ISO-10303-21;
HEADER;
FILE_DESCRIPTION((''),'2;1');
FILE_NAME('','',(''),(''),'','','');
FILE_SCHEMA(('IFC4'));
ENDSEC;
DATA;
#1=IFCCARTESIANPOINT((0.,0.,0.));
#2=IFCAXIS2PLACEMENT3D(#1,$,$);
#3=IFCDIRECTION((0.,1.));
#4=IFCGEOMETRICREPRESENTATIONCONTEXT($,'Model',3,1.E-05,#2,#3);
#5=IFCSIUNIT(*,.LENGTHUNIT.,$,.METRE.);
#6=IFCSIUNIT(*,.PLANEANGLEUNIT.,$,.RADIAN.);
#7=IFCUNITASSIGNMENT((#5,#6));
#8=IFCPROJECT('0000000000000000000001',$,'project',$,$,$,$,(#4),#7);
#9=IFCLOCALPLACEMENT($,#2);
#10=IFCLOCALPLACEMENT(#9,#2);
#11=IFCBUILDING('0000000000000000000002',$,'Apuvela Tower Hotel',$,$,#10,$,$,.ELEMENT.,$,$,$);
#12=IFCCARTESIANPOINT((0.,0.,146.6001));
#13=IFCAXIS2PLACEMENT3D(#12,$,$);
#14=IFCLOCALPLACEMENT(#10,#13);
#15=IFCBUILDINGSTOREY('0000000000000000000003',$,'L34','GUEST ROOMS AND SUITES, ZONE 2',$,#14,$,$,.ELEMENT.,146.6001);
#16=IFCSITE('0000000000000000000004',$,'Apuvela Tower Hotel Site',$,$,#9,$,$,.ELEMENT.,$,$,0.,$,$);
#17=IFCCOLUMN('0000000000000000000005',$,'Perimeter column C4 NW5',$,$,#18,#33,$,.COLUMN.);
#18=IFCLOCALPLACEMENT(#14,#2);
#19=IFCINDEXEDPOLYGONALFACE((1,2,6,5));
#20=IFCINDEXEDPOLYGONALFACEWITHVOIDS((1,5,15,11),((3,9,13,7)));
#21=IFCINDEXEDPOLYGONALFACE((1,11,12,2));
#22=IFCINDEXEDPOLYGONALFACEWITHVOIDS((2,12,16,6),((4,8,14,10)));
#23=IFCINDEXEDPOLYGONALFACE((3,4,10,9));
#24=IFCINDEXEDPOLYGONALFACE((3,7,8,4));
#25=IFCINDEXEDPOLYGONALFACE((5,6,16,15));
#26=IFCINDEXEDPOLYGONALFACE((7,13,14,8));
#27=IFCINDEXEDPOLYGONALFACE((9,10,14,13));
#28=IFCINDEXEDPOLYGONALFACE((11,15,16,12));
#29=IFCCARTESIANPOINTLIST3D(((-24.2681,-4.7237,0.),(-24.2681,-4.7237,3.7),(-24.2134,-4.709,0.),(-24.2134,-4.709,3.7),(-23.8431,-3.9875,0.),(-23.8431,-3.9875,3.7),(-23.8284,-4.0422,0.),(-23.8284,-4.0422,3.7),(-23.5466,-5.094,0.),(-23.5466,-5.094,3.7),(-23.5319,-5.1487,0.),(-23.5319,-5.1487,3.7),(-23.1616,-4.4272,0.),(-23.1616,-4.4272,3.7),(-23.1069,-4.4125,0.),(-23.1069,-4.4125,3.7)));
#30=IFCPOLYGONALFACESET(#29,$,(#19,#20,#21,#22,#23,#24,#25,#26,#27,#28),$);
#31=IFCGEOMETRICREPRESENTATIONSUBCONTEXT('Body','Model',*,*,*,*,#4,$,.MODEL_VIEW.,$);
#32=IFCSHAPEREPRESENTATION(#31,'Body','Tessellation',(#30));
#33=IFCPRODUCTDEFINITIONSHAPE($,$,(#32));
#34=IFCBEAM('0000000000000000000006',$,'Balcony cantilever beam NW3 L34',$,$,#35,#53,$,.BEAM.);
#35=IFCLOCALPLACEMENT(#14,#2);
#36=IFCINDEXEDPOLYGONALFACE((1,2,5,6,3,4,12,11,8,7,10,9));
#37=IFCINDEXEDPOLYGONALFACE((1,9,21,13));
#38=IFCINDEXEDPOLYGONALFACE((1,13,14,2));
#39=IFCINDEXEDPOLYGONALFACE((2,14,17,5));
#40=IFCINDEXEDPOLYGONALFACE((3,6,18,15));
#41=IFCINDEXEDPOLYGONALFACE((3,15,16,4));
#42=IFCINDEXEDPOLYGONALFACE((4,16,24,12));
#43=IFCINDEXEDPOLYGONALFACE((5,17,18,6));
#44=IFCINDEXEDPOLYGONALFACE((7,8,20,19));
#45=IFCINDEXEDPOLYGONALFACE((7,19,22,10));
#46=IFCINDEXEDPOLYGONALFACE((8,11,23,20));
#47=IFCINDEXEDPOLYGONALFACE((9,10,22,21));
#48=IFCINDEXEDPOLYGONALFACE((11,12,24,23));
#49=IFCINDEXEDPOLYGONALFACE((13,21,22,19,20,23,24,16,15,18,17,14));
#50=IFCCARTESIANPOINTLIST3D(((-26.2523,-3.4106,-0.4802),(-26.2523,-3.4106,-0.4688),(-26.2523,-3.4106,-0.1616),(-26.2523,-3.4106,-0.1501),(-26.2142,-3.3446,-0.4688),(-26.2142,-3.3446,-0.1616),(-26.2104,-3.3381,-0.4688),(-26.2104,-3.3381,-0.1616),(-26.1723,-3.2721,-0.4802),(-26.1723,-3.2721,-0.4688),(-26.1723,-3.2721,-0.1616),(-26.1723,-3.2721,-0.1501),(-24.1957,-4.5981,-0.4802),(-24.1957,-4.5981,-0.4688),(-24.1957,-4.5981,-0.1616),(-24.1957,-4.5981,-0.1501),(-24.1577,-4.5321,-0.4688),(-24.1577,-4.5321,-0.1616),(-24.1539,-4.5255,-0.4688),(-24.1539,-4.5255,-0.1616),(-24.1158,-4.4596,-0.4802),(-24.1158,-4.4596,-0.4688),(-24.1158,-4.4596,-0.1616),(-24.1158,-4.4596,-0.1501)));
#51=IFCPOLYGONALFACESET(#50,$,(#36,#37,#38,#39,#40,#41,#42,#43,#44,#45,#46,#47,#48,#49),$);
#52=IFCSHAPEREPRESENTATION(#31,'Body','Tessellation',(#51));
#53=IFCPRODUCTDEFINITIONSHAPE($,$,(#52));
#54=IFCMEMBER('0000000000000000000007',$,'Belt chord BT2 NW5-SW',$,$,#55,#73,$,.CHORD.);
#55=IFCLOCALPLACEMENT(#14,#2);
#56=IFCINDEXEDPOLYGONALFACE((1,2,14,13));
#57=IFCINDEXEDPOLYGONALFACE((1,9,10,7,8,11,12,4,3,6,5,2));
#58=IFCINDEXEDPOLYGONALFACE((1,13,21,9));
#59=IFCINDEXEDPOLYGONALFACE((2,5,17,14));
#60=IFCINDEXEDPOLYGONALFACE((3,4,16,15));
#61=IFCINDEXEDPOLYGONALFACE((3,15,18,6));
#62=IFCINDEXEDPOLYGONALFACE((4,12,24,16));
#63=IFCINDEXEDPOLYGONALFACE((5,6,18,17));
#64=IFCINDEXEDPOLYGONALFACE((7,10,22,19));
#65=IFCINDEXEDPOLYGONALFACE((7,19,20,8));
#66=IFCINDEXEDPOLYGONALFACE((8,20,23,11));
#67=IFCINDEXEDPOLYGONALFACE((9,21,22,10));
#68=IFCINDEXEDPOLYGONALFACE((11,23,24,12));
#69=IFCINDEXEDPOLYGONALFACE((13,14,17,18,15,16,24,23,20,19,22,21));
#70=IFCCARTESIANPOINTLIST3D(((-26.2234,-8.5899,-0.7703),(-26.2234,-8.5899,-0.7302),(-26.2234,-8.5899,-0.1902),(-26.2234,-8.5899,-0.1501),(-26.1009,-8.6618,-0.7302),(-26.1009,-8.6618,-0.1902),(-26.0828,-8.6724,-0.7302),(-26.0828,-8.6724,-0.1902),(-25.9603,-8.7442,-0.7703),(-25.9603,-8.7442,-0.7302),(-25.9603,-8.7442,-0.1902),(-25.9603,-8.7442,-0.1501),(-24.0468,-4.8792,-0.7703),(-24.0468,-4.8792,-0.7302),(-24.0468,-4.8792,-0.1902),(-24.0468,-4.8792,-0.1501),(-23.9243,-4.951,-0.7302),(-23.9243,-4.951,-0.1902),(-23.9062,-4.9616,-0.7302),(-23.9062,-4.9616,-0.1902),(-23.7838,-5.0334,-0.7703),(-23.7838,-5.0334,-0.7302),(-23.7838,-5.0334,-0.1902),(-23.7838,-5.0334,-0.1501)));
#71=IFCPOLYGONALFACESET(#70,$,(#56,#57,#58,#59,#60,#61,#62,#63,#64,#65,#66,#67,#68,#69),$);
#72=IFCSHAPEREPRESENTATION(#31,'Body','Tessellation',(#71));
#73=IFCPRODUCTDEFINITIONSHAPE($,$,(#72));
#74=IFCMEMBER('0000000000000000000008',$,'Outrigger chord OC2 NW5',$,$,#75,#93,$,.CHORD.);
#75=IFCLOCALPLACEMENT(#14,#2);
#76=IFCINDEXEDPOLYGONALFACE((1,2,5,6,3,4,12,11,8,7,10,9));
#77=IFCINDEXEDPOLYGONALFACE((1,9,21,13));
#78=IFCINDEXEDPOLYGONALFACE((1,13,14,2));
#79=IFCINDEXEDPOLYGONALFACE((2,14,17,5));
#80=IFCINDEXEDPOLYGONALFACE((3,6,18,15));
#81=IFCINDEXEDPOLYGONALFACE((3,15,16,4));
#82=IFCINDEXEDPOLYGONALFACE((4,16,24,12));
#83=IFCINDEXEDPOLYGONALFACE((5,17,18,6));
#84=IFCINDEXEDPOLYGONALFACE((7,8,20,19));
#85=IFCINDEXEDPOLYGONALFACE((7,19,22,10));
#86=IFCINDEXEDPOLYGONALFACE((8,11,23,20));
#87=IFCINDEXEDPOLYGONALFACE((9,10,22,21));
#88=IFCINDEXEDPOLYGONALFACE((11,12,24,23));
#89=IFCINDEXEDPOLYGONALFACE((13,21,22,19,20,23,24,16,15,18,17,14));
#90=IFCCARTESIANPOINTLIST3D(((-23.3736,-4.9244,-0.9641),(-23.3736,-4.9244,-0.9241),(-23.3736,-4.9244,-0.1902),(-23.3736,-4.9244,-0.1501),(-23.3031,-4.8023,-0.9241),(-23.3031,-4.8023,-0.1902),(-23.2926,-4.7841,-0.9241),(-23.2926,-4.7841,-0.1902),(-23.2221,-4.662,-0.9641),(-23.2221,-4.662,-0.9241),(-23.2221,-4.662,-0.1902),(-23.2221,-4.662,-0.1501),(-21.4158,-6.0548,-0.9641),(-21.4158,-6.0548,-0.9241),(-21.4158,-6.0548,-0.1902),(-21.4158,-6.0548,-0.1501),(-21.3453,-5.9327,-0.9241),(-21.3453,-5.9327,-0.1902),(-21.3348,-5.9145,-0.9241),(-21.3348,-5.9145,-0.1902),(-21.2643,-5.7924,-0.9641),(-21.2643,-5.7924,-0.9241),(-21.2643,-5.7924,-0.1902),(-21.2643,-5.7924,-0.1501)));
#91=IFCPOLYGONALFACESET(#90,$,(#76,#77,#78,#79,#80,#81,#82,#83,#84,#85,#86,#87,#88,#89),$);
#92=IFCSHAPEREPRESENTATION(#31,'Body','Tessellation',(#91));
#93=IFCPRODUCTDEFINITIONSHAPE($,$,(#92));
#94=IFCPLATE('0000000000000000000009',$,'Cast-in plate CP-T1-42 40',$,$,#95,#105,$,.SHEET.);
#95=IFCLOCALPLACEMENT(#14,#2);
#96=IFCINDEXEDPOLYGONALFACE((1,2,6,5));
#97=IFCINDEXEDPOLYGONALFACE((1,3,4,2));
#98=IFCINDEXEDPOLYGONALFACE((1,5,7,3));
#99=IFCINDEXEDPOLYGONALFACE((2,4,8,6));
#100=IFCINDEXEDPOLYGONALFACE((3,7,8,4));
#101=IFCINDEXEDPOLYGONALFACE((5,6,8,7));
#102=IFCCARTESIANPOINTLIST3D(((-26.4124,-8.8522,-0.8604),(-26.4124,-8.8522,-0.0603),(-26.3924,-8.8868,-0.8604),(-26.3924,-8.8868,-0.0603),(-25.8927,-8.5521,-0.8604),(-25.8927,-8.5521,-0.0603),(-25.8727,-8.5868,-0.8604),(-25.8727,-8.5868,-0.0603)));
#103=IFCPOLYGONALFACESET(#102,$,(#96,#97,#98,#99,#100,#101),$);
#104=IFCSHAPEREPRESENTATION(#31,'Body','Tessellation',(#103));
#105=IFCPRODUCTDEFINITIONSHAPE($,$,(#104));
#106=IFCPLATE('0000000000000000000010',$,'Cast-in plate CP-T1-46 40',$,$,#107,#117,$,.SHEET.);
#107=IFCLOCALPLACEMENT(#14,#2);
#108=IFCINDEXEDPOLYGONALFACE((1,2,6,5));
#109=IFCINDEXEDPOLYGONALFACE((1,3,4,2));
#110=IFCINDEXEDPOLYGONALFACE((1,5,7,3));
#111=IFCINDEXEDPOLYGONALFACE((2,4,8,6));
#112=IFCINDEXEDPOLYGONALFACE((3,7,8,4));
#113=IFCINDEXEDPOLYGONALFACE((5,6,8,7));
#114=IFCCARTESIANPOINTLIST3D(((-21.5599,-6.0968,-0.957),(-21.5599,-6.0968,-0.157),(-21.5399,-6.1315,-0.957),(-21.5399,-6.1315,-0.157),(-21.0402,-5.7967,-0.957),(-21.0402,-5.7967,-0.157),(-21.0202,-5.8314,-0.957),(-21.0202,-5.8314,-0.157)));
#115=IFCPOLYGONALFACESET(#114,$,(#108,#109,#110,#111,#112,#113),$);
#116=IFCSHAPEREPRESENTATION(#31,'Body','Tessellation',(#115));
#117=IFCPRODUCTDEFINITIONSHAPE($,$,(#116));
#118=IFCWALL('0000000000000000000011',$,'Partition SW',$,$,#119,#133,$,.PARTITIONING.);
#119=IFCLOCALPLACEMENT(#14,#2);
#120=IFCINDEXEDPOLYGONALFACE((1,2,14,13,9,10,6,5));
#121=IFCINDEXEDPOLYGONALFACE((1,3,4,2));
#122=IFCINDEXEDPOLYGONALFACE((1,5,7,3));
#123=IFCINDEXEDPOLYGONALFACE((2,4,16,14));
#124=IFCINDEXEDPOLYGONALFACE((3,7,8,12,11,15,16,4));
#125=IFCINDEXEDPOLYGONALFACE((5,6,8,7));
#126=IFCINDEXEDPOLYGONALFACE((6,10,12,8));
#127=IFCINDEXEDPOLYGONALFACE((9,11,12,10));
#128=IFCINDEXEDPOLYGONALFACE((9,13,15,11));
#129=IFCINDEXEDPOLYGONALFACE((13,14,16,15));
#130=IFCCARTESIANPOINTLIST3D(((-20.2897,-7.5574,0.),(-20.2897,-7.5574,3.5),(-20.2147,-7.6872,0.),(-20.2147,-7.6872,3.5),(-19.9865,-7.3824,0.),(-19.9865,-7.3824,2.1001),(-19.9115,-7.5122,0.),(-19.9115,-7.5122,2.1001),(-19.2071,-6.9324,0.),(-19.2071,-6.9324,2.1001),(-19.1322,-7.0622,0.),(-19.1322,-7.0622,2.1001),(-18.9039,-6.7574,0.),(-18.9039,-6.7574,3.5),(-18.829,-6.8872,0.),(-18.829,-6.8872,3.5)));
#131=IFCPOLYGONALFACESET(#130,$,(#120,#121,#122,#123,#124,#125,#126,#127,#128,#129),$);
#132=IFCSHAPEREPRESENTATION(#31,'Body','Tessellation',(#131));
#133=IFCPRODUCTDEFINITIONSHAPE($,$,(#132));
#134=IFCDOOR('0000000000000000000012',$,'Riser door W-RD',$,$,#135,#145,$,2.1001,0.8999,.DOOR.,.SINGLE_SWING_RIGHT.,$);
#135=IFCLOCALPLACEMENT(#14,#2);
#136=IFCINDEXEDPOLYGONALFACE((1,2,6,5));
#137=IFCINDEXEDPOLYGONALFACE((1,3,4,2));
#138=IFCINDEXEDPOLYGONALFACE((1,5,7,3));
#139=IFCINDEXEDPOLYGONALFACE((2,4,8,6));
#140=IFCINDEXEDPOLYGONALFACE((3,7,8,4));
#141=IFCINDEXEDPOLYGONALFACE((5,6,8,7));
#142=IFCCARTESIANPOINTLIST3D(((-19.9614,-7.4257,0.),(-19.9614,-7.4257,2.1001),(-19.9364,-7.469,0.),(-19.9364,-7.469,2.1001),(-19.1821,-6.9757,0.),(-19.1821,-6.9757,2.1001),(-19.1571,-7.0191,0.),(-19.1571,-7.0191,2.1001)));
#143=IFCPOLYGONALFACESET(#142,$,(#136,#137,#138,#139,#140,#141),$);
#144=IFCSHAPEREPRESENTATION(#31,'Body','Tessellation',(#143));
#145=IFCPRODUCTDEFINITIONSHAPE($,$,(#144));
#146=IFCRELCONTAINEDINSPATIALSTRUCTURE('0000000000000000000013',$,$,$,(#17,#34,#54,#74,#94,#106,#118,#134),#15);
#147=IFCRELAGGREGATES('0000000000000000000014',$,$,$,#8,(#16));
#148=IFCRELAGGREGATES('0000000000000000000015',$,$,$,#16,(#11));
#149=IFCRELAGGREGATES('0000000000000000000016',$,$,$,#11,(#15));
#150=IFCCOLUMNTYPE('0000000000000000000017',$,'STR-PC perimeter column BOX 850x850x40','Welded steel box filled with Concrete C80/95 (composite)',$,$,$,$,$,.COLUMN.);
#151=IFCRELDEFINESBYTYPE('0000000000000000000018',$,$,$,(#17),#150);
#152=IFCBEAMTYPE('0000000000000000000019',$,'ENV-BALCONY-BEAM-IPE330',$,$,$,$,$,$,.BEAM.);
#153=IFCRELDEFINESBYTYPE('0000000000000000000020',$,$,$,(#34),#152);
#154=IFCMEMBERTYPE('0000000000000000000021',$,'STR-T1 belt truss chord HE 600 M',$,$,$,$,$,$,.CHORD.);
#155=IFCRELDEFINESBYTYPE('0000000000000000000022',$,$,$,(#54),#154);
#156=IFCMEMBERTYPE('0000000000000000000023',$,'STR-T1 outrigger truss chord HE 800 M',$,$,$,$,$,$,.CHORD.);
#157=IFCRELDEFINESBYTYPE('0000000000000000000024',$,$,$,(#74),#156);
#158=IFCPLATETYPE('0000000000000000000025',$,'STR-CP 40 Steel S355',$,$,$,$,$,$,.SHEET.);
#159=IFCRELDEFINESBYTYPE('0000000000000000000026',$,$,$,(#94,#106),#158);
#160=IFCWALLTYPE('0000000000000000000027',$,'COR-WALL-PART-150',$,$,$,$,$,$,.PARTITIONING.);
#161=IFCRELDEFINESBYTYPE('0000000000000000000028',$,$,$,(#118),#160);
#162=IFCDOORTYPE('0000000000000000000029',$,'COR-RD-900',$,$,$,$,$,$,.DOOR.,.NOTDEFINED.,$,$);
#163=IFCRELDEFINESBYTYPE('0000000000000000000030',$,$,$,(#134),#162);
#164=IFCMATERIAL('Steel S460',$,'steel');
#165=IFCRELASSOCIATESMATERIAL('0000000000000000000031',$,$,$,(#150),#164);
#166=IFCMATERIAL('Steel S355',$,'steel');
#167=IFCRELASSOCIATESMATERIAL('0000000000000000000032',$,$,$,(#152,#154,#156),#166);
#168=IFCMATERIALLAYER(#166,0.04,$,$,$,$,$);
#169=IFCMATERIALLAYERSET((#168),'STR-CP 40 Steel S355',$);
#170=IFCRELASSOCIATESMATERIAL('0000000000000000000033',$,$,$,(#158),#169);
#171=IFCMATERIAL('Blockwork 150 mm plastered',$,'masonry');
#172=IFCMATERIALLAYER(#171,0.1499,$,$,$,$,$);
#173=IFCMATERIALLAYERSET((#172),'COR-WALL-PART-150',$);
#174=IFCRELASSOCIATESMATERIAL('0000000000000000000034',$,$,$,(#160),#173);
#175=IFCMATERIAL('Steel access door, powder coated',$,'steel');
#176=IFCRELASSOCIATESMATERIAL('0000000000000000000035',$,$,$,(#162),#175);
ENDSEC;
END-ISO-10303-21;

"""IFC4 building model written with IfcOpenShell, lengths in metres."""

from ifc_helpers import new_model, si_unit, direction, frame, frame_2d, origin, origin_2d, place, context, subcontext, project, spatial, rectangle, hollow_rectangle, i_section, extrude, material, layer, layer_set, material_profile, profile_set, type_object, element, fill, save


model = new_model("IFC4")

# Units and contexts
model_context = context("Model", 3, precision=1e-05, world=origin(), true_north=direction((0.0, 1.0)))
body_context = subcontext(model_context, "Body", "Model", "MODEL_VIEW")
ifc_project = project(units=[si_unit("LENGTHUNIT", "METRE"), si_unit("PLANEANGLEUNIT", "RADIAN")], contexts=[model_context])

# Site, building, storey
site_placement = place(None, origin())
site = spatial("IfcSite", under=ifc_project, at=site_placement, Name="Apuvela Tower Hotel Site", CompositionType="ELEMENT", RefElevation=0.0)
building_placement = place(site_placement, origin())
building = spatial("IfcBuilding", under=site, at=building_placement, Name="Apuvela Tower Hotel", CompositionType="ELEMENT")
storey_placement = place(building_placement, frame((0.0, 0.0, 146.6001)))
storey = spatial("IfcBuildingStorey", under=building, at=storey_placement, Name="L34", Description="GUEST ROOMS AND SUITES, ZONE 2", CompositionType="ELEMENT", Elevation=146.6001)

# Column
ifc_material_1 = material(Name="Steel S460", Category="steel")
ifc_material_profile_1 = material_profile(ifc_material_1, hollow_rectangle(XDim=0.8501, YDim=0.8501, WallThickness=0.04, at=origin_2d()), Name="BOX 850x850x40")
ifc_material_2 = material(Name="Concrete C80/95", Category="concrete")
ifc_material_profile_2 = material_profile(ifc_material_2, rectangle(XDim=0.77, YDim=0.77, at=origin_2d()), Name="Concrete C80/95 infill")
ifc_profile_set_1 = profile_set([ifc_material_profile_1, ifc_material_profile_2], Name="Steel S460")
column_type = type_object("IfcColumnType", Name="STR-PC perimeter column BOX 850x850x40", Description="Welded steel box filled with Concrete C80/95 (composite)", PredefinedType="COLUMN", material=ifc_profile_set_1)
column_placement = place(storey_placement, frame((-23.6875, -4.5681, 0.0), z_axis=(0.0, 0.0, 1.0), x_axis=(0.5, 0.866025, 0.0)))
element("IfcColumn", 1, at=column_placement, inside=storey, type_object=column_type, Name="Perimeter column C4 NW5", PredefinedType="COLUMN", context=body_context, shape_type="SweptSolid", body=[
    extrude(hollow_rectangle(XDim=0.8501, YDim=0.8501, WallThickness=0.04, at=origin_2d()), origin(), (0.0, 0.0, 1.0), 3.7),
])

# Beam
ifc_material_3 = material(Name="Steel S355", Category="steel")
ifc_material_profile_3 = material_profile(ifc_material_3, i_section(OverallWidth=0.1599, OverallDepth=0.3301, WebThickness=0.0076, FlangeThickness=0.0115, at=origin_2d()), Name="IPE 330")
ifc_profile_set_2 = profile_set([ifc_material_profile_3], Name="Steel S355")
beam_type = type_object("IfcBeamType", Name="ENV-BALCONY-BEAM-IPE330", PredefinedType="BEAM", material=ifc_profile_set_2)
beam_placement = place(storey_placement, frame((-24.1558, -4.5288, -0.3152), z_axis=(-0.866008, 0.500031, 0.0), x_axis=(-0.500031, -0.866008, 0.0)))
element("IfcBeam", 2, at=beam_placement, inside=storey, type_object=beam_type, Name="Balcony cantilever beam NW3 L34", PredefinedType="BEAM", context=body_context, shape_type="SweptSolid", body=[
    extrude(i_section(OverallWidth=0.1599, OverallDepth=0.3301, WebThickness=0.0076, FlangeThickness=0.0115, at=origin_2d()), origin(), (0.0, 0.0, 1.0), 2.3748),
])

# Members
ifc_material_profile_4 = material_profile(ifc_material_3, i_section(OverallWidth=0.3049, OverallDepth=0.6201, WebThickness=0.021, FlangeThickness=0.04, at=origin_2d()), Name="HE 600 M")
ifc_profile_set_3 = profile_set([ifc_material_profile_4], Name="Steel S355")
member_type_1 = type_object("IfcMemberType", Name="STR-T1 belt truss chord HE 600 M", PredefinedType="CHORD", material=ifc_profile_set_3)
member_1_placement = place(storey_placement, frame((-23.9153, -4.9563, -0.4602), z_axis=(-0.505941, -0.862568, 0.0), x_axis=(0.862568, -0.505941, 0.0)))
element("IfcMember", 3, at=member_1_placement, inside=storey, type_object=member_type_1, Name="Belt chord BT2 NW5-SW", PredefinedType="CHORD", context=body_context, shape_type="SweptSolid", body=[
    extrude(i_section(OverallWidth=0.3049, OverallDepth=0.6201, WebThickness=0.021, FlangeThickness=0.04, at=origin_2d()), origin(), (0.0, 0.0, 1.0), 4.302),
])
ifc_material_profile_5 = material_profile(ifc_material_3, i_section(OverallWidth=0.303, OverallDepth=0.814, WebThickness=0.021, FlangeThickness=0.04, at=origin_2d()), Name="HE 800 M")
ifc_profile_set_4 = profile_set([ifc_material_profile_5], Name="Steel S355")
member_type_2 = type_object("IfcMemberType", Name="STR-T1 outrigger truss chord HE 800 M", PredefinedType="CHORD", material=ifc_profile_set_4)
member_2_placement = place(storey_placement, frame((-23.2979, -4.7932, -0.5571), z_axis=(0.866015, -0.500018, 0.0), x_axis=(0.500018, 0.866015, 0.0)))
element("IfcMember", 4, at=member_2_placement, inside=storey, type_object=member_type_2, Name="Outrigger chord OC2 NW5", PredefinedType="CHORD", context=body_context, shape_type="SweptSolid", body=[
    extrude(i_section(OverallWidth=0.303, OverallDepth=0.814, WebThickness=0.021, FlangeThickness=0.04, at=origin_2d()), origin(), (0.0, 0.0, 1.0), 2.2607),
])

# Plates
ifc_layer_1 = layer(ifc_material_3, 0.04)
ifc_layer_set_1 = layer_set([ifc_layer_1], Name="STR-CP 40 Steel S355")
plate_type = type_object("IfcPlateType", Name="STR-CP 40 Steel S355", PredefinedType="SHEET", material=ifc_layer_set_1)
for number, where, z_axis, x_axis, name in (
    (5, (-26.1426, -8.7195, -0.8604), (0.0, 0.0, 1.0), (-0.5, 0.866025, 0.0), "Cast-in plate CP-T1-42 40"),
    (6, (-21.29, -5.9641, -0.957), (0.0, 0.0, 1.0), (0.5, -0.866025, 0.0), "Cast-in plate CP-T1-46 40"),
):
    element("IfcPlate", number, at=place(storey_placement, frame(where, z_axis=z_axis, x_axis=x_axis)), inside=storey, type_object=plate_type, Name=name, PredefinedType="SHEET", context=body_context, shape_type="SweptSolid", body=[
        extrude(rectangle(XDim=0.04, YDim=0.6001, at=origin_2d()), origin(), (0.0, 0.0, 1.0), 0.8),
    ])

# Wall, opening, door
ifc_material_4 = material(Name="Blockwork 150 mm plastered", Category="masonry")
ifc_layer_2 = layer(ifc_material_4, 0.1499)
ifc_layer_set_2 = layer_set([ifc_layer_2], Name="COR-WALL-PART-150")
wall_type_1 = type_object("IfcWallType", Name="COR-WALL-PART-150", PredefinedType="PARTITIONING", material=ifc_layer_set_2)
wall_1_placement = place(storey_placement, frame((-18.8665, -6.8223, 0.0), z_axis=(0.0, 0.0, 1.0), x_axis=(-0.866028, -0.499995, 0.0)))
wall_1 = element("IfcWall", 7, at=wall_1_placement, inside=storey, type_object=wall_type_1, Name="Partition SW", PredefinedType="PARTITIONING", context=body_context, shape_type="SweptSolid", body=[
    extrude(rectangle(XDim=1.6001, YDim=0.1499, at=frame_2d((0.8, 0.0))), origin(), (0.0, 0.0, 1.0), 3.5),
])
opening_1_placement = place(wall_1_placement, frame((0.3501, 0.0, 0.0)))
opening_1 = element("IfcOpeningElement", 8, at=opening_1_placement, cuts=wall_1, PredefinedType="OPENING", context=body_context, shape_type="SweptSolid", body=[
    extrude(rectangle(XDim=0.8999, YDim=2.1001, at=frame_2d((0.45, 1.05))), frame((0.0, 0.085, 0.0), z_axis=(0.0, -1.0, 0.0), x_axis=(1.0, 0.0, 0.0)), (0.0, 0.0, 1.0), 0.1699),
])
ifc_material_5 = material(Name="Steel access door, powder coated", Category="steel")
door_type_1 = type_object("IfcDoorType", Name="COR-RD-900", OperationType="NOTDEFINED", PredefinedType="DOOR", material=ifc_material_5)
door_1_placement = place(opening_1_placement, frame((0.8999, 0.0, 0.0), z_axis=(0.0, 0.0, 1.0), x_axis=(-1.0, 0.0, 0.0)))
door_1 = element("IfcDoor", 9, at=door_1_placement, inside=storey, type_object=door_type_1, Name="Riser door W-RD", OperationType="SINGLE_SWING_RIGHT", OverallHeight=2.1001, OverallWidth=0.8999, PredefinedType="DOOR", context=body_context, shape_type="SweptSolid", body=[
    extrude(rectangle(XDim=0.8999, YDim=2.1001, at=frame_2d((0.45, 1.05))), frame((0.0, 0.0249, 0.0), z_axis=(0.0, -1.0, 0.0), x_axis=(1.0, 0.0, 0.0)), (0.0, 0.0, 1.0), 0.05),
])
fill(opening_1, door_1)

save(model, "model.ifc")
